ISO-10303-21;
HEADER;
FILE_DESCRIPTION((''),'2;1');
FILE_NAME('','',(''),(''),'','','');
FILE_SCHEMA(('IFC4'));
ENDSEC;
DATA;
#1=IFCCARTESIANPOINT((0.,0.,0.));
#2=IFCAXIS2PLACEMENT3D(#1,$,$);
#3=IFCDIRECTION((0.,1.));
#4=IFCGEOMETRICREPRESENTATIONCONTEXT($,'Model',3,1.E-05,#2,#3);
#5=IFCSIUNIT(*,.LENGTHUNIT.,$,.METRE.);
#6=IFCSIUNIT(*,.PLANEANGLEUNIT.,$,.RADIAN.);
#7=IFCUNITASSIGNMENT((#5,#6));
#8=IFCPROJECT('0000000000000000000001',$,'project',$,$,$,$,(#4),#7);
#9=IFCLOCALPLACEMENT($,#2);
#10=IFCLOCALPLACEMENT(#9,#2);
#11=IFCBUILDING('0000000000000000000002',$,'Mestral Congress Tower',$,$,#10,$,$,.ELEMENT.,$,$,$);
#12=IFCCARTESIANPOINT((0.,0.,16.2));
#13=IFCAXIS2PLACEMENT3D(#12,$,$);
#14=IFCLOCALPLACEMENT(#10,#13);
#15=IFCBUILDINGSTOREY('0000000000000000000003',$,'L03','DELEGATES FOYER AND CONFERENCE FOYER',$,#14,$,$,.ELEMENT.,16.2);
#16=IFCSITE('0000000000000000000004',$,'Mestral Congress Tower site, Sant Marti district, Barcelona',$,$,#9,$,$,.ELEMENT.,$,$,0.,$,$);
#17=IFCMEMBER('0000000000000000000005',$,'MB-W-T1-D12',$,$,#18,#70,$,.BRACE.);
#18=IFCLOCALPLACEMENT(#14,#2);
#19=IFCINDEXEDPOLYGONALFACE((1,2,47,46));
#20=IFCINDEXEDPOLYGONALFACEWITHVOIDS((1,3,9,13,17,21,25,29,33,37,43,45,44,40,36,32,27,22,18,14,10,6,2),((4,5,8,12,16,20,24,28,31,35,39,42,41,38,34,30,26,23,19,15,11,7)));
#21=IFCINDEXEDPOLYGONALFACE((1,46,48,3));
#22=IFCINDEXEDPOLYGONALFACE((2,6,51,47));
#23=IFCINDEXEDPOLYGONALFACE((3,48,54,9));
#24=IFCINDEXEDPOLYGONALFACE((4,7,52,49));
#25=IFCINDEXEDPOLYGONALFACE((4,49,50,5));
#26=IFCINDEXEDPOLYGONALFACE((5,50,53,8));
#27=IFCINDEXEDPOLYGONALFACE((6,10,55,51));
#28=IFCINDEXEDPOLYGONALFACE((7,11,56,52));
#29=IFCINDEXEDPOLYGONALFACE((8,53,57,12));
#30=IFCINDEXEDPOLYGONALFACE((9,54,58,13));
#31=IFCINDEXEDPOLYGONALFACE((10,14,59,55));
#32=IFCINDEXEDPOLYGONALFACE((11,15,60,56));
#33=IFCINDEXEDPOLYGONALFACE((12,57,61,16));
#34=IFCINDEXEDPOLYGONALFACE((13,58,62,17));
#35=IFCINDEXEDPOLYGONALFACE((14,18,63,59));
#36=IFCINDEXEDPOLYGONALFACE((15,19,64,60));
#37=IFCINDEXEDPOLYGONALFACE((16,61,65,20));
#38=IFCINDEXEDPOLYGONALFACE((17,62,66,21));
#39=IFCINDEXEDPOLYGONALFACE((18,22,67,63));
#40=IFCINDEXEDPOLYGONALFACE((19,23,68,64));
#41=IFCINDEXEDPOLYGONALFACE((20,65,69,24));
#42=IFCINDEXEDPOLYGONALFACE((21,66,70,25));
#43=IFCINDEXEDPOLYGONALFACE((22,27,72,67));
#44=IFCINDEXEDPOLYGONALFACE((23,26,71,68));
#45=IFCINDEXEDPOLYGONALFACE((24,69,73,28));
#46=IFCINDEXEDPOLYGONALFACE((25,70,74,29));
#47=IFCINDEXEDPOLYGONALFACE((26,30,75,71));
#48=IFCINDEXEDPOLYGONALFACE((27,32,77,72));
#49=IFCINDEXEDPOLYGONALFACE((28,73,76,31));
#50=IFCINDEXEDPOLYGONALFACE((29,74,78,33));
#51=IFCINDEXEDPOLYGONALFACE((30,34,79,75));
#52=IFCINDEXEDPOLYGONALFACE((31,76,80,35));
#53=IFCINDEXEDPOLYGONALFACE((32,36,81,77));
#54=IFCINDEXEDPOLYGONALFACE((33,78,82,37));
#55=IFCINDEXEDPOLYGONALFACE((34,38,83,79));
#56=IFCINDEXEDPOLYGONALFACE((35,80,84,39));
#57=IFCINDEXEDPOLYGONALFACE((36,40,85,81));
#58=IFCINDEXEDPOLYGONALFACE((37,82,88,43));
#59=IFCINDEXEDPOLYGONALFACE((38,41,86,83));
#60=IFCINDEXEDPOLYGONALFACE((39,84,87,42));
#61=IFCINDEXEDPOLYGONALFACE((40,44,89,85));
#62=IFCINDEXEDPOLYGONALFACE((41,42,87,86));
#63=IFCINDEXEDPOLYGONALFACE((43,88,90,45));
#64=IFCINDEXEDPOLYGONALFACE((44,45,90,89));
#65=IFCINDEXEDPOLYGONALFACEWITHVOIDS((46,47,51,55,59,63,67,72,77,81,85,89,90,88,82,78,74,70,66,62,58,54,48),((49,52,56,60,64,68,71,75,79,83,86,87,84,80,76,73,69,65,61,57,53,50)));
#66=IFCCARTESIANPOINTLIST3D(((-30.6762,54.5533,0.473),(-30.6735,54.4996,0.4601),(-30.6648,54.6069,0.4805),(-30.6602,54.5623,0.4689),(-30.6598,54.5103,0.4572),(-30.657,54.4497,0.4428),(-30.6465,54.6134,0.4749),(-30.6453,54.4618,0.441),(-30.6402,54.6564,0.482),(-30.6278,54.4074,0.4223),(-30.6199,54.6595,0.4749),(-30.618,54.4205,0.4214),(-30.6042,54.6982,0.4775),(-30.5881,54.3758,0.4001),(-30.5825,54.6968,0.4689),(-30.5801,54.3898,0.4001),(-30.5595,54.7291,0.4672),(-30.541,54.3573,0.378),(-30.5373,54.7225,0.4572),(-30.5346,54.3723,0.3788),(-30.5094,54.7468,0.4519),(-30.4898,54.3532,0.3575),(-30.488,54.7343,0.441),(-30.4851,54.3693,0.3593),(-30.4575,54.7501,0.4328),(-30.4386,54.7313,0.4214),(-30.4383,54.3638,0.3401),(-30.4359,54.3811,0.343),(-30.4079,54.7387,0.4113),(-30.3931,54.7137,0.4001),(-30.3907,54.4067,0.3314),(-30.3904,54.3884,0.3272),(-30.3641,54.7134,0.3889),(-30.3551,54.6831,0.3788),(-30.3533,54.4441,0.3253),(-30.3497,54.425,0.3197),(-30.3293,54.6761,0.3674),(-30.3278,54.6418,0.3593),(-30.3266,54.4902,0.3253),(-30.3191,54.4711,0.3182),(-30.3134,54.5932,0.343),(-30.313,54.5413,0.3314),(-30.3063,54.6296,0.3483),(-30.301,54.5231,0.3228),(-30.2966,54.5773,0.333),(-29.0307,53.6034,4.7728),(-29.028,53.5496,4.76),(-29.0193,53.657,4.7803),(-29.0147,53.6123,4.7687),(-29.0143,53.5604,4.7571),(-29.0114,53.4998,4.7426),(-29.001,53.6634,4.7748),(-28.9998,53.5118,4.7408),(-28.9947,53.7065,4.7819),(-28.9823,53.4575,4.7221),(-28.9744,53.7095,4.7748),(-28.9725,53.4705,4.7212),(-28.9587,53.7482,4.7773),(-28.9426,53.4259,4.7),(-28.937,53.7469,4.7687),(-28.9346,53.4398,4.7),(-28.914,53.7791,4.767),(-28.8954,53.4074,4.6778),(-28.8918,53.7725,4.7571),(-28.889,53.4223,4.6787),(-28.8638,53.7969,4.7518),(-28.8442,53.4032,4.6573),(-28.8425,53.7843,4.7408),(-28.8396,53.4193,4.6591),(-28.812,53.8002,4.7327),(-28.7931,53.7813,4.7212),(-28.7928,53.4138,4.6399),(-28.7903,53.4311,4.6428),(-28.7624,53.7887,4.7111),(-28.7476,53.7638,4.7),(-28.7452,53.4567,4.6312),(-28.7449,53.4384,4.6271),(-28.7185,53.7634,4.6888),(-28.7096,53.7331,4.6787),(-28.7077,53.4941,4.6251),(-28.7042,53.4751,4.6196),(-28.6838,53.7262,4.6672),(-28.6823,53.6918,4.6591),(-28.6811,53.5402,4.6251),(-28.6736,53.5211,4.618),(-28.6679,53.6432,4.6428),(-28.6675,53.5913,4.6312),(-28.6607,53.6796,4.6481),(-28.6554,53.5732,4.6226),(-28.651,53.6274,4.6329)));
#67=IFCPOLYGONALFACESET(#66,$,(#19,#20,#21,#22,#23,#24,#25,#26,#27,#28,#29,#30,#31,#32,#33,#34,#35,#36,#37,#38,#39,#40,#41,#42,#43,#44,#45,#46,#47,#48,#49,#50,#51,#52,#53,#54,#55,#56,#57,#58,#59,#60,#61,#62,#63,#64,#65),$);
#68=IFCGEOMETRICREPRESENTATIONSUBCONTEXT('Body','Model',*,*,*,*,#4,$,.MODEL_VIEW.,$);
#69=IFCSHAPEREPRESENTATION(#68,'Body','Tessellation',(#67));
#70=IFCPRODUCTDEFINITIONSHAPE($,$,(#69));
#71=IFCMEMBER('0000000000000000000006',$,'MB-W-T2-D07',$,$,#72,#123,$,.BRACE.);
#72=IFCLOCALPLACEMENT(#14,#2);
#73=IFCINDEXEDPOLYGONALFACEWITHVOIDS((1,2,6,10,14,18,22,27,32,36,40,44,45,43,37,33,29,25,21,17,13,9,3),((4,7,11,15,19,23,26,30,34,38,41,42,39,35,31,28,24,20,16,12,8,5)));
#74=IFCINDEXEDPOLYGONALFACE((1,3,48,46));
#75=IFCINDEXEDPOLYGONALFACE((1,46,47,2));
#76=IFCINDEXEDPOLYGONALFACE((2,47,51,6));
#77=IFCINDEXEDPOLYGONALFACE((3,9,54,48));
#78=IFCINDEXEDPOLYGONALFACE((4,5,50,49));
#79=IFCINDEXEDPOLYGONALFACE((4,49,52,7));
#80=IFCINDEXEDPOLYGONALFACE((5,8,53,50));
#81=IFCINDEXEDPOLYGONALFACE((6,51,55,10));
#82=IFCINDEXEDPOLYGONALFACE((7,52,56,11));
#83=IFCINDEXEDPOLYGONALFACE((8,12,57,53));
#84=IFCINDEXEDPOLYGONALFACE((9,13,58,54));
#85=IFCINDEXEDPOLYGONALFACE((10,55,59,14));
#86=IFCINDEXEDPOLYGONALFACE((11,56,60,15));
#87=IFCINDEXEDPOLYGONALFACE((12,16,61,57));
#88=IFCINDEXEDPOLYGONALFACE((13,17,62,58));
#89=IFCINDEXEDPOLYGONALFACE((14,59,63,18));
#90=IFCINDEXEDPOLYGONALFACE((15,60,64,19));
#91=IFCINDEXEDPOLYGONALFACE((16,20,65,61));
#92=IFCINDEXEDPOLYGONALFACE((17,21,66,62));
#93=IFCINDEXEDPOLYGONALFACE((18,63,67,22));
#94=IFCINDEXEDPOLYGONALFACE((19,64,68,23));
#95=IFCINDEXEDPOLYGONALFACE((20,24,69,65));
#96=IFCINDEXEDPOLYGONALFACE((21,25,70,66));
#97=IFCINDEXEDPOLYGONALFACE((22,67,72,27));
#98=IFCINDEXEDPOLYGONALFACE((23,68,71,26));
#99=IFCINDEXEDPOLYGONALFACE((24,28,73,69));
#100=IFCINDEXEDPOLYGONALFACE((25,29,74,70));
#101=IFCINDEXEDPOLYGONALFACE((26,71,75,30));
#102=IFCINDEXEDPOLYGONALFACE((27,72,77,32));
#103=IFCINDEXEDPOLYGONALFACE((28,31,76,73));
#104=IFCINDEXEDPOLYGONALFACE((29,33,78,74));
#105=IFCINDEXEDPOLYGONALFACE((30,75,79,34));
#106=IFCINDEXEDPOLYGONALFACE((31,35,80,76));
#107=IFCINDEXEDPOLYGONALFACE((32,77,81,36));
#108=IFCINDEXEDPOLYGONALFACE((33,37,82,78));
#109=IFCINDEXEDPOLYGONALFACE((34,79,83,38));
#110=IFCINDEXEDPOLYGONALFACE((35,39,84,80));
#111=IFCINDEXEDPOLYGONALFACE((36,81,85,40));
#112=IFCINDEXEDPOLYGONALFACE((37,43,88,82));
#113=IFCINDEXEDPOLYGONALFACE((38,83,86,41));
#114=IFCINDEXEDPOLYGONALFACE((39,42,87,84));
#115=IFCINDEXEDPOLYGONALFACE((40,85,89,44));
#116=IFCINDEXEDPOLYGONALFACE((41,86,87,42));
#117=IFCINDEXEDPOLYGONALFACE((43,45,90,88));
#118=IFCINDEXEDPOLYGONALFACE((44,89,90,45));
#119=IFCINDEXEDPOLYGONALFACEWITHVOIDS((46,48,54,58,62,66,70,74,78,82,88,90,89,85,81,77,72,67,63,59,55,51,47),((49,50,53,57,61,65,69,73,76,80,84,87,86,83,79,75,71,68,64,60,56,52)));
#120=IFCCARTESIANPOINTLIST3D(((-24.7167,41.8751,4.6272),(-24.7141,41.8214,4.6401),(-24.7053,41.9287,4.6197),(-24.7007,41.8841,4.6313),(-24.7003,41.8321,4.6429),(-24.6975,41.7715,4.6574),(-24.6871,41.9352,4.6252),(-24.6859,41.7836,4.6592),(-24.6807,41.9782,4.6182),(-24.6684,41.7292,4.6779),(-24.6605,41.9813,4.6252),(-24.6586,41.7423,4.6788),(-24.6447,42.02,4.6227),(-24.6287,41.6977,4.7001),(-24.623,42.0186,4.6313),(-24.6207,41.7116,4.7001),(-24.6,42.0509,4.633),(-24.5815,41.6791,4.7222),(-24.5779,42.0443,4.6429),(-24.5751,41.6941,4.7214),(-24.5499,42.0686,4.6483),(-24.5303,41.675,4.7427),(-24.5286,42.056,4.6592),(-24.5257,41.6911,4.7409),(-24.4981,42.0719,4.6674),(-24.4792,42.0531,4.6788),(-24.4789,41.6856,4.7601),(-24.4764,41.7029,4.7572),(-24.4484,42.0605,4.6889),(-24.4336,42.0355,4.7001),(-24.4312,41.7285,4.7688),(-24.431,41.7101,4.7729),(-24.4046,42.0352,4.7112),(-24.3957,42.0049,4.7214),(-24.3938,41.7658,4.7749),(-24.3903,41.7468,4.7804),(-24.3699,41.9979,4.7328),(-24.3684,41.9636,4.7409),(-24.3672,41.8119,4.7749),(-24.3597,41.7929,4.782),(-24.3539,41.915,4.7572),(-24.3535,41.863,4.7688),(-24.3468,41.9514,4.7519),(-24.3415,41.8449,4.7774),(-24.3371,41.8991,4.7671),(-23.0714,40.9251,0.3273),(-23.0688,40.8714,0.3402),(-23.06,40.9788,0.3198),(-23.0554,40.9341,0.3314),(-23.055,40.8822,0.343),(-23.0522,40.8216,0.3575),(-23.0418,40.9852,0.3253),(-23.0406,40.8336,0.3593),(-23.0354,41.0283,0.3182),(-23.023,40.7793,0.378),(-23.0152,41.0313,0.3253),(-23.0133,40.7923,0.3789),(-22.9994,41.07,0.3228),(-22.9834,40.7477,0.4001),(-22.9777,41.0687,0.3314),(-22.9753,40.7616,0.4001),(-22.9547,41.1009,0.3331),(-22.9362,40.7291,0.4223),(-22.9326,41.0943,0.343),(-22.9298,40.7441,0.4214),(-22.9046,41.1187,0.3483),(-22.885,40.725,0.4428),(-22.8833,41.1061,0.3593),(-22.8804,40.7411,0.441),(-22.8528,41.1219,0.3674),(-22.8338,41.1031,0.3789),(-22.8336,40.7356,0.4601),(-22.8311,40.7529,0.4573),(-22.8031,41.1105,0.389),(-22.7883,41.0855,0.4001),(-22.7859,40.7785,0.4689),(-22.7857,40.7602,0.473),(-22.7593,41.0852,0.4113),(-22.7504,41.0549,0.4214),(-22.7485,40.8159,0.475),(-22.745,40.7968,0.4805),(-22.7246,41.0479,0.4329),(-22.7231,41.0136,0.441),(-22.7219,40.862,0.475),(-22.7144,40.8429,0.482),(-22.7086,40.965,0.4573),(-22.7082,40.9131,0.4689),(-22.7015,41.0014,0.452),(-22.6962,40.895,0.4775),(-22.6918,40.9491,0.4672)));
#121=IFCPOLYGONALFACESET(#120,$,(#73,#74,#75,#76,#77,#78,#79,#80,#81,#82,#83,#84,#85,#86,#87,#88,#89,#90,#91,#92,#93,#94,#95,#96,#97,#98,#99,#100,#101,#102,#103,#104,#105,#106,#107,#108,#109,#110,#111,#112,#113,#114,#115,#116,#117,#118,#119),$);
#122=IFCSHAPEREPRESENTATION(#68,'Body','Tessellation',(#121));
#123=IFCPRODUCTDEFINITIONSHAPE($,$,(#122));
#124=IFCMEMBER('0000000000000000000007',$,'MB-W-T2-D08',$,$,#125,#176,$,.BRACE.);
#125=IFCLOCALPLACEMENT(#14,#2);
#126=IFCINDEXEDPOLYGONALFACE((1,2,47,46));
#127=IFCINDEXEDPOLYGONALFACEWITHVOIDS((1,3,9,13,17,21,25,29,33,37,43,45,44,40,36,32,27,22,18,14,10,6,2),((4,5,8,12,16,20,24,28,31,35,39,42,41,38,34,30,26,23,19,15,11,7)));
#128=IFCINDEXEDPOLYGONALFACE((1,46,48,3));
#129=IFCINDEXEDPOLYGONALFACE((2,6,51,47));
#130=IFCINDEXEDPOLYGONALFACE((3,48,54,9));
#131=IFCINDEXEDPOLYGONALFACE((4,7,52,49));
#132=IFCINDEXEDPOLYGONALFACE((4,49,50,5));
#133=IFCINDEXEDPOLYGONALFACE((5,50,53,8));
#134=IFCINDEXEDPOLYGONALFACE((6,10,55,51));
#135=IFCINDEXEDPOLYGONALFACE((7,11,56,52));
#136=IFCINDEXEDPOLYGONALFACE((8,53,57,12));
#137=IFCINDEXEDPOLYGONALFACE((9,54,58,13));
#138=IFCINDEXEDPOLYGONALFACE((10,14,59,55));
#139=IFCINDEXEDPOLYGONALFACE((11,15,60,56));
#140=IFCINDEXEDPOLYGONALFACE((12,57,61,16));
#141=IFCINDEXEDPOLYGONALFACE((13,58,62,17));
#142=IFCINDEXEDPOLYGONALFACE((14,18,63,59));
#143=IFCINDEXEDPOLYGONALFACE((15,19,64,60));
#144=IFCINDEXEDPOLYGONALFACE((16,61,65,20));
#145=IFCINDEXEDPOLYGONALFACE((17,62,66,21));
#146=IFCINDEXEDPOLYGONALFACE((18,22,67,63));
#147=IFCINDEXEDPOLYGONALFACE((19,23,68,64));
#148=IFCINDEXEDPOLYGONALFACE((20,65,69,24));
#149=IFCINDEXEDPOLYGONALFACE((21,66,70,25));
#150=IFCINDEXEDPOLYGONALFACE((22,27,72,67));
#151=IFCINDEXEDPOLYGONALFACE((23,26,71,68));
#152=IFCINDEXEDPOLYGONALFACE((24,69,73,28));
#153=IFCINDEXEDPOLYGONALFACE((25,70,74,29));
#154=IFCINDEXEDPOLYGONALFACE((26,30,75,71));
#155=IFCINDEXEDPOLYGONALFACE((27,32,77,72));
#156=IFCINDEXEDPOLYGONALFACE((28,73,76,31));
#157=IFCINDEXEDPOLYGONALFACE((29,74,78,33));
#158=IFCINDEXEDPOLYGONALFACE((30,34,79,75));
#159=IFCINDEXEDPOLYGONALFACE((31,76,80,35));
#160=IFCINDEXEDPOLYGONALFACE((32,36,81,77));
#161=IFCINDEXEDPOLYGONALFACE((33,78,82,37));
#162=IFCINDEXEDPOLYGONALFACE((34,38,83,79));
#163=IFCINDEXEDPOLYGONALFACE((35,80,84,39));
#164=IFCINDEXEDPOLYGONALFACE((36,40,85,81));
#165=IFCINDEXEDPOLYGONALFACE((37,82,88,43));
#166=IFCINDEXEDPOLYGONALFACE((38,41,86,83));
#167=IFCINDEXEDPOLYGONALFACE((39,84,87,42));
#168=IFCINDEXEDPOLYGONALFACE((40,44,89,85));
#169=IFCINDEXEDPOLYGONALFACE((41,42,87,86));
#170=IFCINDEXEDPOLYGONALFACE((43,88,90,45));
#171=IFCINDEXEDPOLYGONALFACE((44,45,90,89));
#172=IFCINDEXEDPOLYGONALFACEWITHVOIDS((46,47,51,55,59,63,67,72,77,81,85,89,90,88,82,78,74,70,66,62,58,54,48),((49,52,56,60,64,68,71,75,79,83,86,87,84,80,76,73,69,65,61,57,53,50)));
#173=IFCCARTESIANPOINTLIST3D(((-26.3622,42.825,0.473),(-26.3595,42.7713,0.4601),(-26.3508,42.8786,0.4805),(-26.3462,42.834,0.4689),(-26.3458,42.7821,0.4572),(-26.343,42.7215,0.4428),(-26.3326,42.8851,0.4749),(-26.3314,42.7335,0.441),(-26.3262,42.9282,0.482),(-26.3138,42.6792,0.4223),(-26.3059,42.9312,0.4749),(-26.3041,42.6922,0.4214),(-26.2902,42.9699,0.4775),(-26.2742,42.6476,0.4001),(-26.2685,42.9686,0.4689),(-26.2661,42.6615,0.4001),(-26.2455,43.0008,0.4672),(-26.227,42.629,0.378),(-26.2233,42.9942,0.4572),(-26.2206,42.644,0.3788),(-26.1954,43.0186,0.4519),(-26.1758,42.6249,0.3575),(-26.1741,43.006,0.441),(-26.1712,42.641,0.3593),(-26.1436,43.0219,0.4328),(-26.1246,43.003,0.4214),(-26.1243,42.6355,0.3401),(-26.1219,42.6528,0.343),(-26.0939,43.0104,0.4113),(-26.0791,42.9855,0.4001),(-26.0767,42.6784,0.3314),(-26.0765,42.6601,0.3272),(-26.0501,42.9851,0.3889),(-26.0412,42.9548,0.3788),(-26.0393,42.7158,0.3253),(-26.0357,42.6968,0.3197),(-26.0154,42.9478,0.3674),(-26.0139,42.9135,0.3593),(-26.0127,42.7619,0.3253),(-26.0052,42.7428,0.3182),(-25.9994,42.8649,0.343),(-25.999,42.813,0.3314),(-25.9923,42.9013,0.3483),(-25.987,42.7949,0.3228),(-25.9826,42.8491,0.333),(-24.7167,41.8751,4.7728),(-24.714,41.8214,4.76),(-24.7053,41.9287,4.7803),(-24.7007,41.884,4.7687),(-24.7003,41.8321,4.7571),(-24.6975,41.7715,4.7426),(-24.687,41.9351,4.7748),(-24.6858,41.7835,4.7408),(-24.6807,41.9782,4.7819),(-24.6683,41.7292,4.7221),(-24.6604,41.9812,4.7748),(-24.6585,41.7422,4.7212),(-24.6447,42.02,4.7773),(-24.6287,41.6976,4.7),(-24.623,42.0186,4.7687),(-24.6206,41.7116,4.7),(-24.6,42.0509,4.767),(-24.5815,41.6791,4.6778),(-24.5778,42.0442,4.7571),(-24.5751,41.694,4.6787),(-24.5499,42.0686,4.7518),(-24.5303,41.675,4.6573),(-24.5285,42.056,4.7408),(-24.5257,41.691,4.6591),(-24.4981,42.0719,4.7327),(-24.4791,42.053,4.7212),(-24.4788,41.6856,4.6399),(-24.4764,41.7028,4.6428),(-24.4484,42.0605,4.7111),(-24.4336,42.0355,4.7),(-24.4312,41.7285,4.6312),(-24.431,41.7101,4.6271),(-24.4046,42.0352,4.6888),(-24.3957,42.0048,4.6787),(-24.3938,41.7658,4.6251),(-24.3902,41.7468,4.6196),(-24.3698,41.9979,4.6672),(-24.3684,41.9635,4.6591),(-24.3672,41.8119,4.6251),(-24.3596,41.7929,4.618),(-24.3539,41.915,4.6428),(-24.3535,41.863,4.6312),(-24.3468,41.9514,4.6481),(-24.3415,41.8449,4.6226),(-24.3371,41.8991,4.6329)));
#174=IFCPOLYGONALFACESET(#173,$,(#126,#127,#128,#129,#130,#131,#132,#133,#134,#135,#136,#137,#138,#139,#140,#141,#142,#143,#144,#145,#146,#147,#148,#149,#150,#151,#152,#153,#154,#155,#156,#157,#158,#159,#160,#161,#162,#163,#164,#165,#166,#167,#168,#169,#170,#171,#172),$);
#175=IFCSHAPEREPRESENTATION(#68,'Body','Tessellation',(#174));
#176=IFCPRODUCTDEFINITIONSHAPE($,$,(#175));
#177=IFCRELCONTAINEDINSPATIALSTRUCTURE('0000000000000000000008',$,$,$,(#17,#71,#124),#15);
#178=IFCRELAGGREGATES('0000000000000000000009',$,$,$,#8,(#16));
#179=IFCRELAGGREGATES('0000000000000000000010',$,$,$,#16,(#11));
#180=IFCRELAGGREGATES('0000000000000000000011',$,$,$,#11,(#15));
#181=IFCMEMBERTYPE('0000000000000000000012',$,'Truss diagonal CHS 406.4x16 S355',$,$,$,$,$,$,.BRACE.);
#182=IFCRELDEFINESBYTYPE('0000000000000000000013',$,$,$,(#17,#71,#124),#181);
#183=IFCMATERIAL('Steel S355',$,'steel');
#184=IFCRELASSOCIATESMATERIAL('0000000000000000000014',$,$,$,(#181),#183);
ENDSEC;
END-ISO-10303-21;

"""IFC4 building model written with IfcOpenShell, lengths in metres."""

from ifc_helpers import new_model, si_unit, direction, frame, origin, origin_2d, place, context, subcontext, project, spatial, hollow_circle, extrude, material, material_profile, profile_set, type_object, element, save


model = new_model("IFC4")

# Units and contexts
model_context = context("Model", 3, precision=1e-05, world=origin(), true_north=direction((0.0, 1.0)))
body_context = subcontext(model_context, "Body", "Model", "MODEL_VIEW")
ifc_project = project(units=[si_unit("LENGTHUNIT", "METRE"), si_unit("PLANEANGLEUNIT", "RADIAN")], contexts=[model_context])

# Site, building, storey
site_placement = place(None, origin())
site = spatial("IfcSite", under=ifc_project, at=site_placement, Name="Mestral Congress Tower site, Sant Marti district, Barcelona", CompositionType="ELEMENT", RefElevation=0.0)
building_placement = place(site_placement, origin())
building = spatial("IfcBuilding", under=site, at=building_placement, Name="Mestral Congress Tower", CompositionType="ELEMENT")
storey_placement = place(building_placement, frame((0.0, 0.0, 16.2)))
storey = spatial("IfcBuildingStorey", under=building, at=storey_placement, Name="L03", Description="DELEGATES FOYER AND CONFERENCE FOYER", CompositionType="ELEMENT", Elevation=16.2)

# Members
ifc_material_1 = material(Name="Steel S355", Category="steel")
ifc_material_profile_1 = material_profile(ifc_material_1, hollow_circle(Radius=0.2031, WallThickness=0.0161, at=origin_2d()), Name="CHS 406.4x16")
ifc_profile_set_1 = profile_set([ifc_material_profile_1], Name="Steel S355")
member_type_1 = type_object("IfcMemberType", Name="Truss diagonal CHS 406.4x16 S355", PredefinedType="BRACE", material=ifc_profile_set_1)
for number, where, z_axis, x_axis, name in (
    (1, (-28.8411, 53.6018, 4.7), (-0.350041, 0.202079, -0.914678), (-0.499967, -0.866044, 0.0), "MB-W-T1-D12"),
    (2, (-22.8818, 40.9236, 0.4001), (-0.349996, 0.202082, 0.914694), (-0.500023, -0.866012, 0.0), "MB-W-T2-D07"),
    (3, (-24.5271, 41.8735, 4.7), (-0.350041, 0.202079, -0.914678), (-0.499967, -0.866044, 0.0), "MB-W-T2-D08"),
):
    element("IfcMember", number, at=place(storey_placement, frame(where, z_axis=z_axis, x_axis=x_axis)), inside=storey, type_object=member_type_1, Name=name, PredefinedType="BRACE", context=body_context, shape_type="SweptSolid", body=[
        extrude(hollow_circle(Radius=0.2031, WallThickness=0.0161, at=origin_2d()), origin(), (0.0, 0.0, 1.0), 4.7009),
    ])

save(model, "model.ifc")
